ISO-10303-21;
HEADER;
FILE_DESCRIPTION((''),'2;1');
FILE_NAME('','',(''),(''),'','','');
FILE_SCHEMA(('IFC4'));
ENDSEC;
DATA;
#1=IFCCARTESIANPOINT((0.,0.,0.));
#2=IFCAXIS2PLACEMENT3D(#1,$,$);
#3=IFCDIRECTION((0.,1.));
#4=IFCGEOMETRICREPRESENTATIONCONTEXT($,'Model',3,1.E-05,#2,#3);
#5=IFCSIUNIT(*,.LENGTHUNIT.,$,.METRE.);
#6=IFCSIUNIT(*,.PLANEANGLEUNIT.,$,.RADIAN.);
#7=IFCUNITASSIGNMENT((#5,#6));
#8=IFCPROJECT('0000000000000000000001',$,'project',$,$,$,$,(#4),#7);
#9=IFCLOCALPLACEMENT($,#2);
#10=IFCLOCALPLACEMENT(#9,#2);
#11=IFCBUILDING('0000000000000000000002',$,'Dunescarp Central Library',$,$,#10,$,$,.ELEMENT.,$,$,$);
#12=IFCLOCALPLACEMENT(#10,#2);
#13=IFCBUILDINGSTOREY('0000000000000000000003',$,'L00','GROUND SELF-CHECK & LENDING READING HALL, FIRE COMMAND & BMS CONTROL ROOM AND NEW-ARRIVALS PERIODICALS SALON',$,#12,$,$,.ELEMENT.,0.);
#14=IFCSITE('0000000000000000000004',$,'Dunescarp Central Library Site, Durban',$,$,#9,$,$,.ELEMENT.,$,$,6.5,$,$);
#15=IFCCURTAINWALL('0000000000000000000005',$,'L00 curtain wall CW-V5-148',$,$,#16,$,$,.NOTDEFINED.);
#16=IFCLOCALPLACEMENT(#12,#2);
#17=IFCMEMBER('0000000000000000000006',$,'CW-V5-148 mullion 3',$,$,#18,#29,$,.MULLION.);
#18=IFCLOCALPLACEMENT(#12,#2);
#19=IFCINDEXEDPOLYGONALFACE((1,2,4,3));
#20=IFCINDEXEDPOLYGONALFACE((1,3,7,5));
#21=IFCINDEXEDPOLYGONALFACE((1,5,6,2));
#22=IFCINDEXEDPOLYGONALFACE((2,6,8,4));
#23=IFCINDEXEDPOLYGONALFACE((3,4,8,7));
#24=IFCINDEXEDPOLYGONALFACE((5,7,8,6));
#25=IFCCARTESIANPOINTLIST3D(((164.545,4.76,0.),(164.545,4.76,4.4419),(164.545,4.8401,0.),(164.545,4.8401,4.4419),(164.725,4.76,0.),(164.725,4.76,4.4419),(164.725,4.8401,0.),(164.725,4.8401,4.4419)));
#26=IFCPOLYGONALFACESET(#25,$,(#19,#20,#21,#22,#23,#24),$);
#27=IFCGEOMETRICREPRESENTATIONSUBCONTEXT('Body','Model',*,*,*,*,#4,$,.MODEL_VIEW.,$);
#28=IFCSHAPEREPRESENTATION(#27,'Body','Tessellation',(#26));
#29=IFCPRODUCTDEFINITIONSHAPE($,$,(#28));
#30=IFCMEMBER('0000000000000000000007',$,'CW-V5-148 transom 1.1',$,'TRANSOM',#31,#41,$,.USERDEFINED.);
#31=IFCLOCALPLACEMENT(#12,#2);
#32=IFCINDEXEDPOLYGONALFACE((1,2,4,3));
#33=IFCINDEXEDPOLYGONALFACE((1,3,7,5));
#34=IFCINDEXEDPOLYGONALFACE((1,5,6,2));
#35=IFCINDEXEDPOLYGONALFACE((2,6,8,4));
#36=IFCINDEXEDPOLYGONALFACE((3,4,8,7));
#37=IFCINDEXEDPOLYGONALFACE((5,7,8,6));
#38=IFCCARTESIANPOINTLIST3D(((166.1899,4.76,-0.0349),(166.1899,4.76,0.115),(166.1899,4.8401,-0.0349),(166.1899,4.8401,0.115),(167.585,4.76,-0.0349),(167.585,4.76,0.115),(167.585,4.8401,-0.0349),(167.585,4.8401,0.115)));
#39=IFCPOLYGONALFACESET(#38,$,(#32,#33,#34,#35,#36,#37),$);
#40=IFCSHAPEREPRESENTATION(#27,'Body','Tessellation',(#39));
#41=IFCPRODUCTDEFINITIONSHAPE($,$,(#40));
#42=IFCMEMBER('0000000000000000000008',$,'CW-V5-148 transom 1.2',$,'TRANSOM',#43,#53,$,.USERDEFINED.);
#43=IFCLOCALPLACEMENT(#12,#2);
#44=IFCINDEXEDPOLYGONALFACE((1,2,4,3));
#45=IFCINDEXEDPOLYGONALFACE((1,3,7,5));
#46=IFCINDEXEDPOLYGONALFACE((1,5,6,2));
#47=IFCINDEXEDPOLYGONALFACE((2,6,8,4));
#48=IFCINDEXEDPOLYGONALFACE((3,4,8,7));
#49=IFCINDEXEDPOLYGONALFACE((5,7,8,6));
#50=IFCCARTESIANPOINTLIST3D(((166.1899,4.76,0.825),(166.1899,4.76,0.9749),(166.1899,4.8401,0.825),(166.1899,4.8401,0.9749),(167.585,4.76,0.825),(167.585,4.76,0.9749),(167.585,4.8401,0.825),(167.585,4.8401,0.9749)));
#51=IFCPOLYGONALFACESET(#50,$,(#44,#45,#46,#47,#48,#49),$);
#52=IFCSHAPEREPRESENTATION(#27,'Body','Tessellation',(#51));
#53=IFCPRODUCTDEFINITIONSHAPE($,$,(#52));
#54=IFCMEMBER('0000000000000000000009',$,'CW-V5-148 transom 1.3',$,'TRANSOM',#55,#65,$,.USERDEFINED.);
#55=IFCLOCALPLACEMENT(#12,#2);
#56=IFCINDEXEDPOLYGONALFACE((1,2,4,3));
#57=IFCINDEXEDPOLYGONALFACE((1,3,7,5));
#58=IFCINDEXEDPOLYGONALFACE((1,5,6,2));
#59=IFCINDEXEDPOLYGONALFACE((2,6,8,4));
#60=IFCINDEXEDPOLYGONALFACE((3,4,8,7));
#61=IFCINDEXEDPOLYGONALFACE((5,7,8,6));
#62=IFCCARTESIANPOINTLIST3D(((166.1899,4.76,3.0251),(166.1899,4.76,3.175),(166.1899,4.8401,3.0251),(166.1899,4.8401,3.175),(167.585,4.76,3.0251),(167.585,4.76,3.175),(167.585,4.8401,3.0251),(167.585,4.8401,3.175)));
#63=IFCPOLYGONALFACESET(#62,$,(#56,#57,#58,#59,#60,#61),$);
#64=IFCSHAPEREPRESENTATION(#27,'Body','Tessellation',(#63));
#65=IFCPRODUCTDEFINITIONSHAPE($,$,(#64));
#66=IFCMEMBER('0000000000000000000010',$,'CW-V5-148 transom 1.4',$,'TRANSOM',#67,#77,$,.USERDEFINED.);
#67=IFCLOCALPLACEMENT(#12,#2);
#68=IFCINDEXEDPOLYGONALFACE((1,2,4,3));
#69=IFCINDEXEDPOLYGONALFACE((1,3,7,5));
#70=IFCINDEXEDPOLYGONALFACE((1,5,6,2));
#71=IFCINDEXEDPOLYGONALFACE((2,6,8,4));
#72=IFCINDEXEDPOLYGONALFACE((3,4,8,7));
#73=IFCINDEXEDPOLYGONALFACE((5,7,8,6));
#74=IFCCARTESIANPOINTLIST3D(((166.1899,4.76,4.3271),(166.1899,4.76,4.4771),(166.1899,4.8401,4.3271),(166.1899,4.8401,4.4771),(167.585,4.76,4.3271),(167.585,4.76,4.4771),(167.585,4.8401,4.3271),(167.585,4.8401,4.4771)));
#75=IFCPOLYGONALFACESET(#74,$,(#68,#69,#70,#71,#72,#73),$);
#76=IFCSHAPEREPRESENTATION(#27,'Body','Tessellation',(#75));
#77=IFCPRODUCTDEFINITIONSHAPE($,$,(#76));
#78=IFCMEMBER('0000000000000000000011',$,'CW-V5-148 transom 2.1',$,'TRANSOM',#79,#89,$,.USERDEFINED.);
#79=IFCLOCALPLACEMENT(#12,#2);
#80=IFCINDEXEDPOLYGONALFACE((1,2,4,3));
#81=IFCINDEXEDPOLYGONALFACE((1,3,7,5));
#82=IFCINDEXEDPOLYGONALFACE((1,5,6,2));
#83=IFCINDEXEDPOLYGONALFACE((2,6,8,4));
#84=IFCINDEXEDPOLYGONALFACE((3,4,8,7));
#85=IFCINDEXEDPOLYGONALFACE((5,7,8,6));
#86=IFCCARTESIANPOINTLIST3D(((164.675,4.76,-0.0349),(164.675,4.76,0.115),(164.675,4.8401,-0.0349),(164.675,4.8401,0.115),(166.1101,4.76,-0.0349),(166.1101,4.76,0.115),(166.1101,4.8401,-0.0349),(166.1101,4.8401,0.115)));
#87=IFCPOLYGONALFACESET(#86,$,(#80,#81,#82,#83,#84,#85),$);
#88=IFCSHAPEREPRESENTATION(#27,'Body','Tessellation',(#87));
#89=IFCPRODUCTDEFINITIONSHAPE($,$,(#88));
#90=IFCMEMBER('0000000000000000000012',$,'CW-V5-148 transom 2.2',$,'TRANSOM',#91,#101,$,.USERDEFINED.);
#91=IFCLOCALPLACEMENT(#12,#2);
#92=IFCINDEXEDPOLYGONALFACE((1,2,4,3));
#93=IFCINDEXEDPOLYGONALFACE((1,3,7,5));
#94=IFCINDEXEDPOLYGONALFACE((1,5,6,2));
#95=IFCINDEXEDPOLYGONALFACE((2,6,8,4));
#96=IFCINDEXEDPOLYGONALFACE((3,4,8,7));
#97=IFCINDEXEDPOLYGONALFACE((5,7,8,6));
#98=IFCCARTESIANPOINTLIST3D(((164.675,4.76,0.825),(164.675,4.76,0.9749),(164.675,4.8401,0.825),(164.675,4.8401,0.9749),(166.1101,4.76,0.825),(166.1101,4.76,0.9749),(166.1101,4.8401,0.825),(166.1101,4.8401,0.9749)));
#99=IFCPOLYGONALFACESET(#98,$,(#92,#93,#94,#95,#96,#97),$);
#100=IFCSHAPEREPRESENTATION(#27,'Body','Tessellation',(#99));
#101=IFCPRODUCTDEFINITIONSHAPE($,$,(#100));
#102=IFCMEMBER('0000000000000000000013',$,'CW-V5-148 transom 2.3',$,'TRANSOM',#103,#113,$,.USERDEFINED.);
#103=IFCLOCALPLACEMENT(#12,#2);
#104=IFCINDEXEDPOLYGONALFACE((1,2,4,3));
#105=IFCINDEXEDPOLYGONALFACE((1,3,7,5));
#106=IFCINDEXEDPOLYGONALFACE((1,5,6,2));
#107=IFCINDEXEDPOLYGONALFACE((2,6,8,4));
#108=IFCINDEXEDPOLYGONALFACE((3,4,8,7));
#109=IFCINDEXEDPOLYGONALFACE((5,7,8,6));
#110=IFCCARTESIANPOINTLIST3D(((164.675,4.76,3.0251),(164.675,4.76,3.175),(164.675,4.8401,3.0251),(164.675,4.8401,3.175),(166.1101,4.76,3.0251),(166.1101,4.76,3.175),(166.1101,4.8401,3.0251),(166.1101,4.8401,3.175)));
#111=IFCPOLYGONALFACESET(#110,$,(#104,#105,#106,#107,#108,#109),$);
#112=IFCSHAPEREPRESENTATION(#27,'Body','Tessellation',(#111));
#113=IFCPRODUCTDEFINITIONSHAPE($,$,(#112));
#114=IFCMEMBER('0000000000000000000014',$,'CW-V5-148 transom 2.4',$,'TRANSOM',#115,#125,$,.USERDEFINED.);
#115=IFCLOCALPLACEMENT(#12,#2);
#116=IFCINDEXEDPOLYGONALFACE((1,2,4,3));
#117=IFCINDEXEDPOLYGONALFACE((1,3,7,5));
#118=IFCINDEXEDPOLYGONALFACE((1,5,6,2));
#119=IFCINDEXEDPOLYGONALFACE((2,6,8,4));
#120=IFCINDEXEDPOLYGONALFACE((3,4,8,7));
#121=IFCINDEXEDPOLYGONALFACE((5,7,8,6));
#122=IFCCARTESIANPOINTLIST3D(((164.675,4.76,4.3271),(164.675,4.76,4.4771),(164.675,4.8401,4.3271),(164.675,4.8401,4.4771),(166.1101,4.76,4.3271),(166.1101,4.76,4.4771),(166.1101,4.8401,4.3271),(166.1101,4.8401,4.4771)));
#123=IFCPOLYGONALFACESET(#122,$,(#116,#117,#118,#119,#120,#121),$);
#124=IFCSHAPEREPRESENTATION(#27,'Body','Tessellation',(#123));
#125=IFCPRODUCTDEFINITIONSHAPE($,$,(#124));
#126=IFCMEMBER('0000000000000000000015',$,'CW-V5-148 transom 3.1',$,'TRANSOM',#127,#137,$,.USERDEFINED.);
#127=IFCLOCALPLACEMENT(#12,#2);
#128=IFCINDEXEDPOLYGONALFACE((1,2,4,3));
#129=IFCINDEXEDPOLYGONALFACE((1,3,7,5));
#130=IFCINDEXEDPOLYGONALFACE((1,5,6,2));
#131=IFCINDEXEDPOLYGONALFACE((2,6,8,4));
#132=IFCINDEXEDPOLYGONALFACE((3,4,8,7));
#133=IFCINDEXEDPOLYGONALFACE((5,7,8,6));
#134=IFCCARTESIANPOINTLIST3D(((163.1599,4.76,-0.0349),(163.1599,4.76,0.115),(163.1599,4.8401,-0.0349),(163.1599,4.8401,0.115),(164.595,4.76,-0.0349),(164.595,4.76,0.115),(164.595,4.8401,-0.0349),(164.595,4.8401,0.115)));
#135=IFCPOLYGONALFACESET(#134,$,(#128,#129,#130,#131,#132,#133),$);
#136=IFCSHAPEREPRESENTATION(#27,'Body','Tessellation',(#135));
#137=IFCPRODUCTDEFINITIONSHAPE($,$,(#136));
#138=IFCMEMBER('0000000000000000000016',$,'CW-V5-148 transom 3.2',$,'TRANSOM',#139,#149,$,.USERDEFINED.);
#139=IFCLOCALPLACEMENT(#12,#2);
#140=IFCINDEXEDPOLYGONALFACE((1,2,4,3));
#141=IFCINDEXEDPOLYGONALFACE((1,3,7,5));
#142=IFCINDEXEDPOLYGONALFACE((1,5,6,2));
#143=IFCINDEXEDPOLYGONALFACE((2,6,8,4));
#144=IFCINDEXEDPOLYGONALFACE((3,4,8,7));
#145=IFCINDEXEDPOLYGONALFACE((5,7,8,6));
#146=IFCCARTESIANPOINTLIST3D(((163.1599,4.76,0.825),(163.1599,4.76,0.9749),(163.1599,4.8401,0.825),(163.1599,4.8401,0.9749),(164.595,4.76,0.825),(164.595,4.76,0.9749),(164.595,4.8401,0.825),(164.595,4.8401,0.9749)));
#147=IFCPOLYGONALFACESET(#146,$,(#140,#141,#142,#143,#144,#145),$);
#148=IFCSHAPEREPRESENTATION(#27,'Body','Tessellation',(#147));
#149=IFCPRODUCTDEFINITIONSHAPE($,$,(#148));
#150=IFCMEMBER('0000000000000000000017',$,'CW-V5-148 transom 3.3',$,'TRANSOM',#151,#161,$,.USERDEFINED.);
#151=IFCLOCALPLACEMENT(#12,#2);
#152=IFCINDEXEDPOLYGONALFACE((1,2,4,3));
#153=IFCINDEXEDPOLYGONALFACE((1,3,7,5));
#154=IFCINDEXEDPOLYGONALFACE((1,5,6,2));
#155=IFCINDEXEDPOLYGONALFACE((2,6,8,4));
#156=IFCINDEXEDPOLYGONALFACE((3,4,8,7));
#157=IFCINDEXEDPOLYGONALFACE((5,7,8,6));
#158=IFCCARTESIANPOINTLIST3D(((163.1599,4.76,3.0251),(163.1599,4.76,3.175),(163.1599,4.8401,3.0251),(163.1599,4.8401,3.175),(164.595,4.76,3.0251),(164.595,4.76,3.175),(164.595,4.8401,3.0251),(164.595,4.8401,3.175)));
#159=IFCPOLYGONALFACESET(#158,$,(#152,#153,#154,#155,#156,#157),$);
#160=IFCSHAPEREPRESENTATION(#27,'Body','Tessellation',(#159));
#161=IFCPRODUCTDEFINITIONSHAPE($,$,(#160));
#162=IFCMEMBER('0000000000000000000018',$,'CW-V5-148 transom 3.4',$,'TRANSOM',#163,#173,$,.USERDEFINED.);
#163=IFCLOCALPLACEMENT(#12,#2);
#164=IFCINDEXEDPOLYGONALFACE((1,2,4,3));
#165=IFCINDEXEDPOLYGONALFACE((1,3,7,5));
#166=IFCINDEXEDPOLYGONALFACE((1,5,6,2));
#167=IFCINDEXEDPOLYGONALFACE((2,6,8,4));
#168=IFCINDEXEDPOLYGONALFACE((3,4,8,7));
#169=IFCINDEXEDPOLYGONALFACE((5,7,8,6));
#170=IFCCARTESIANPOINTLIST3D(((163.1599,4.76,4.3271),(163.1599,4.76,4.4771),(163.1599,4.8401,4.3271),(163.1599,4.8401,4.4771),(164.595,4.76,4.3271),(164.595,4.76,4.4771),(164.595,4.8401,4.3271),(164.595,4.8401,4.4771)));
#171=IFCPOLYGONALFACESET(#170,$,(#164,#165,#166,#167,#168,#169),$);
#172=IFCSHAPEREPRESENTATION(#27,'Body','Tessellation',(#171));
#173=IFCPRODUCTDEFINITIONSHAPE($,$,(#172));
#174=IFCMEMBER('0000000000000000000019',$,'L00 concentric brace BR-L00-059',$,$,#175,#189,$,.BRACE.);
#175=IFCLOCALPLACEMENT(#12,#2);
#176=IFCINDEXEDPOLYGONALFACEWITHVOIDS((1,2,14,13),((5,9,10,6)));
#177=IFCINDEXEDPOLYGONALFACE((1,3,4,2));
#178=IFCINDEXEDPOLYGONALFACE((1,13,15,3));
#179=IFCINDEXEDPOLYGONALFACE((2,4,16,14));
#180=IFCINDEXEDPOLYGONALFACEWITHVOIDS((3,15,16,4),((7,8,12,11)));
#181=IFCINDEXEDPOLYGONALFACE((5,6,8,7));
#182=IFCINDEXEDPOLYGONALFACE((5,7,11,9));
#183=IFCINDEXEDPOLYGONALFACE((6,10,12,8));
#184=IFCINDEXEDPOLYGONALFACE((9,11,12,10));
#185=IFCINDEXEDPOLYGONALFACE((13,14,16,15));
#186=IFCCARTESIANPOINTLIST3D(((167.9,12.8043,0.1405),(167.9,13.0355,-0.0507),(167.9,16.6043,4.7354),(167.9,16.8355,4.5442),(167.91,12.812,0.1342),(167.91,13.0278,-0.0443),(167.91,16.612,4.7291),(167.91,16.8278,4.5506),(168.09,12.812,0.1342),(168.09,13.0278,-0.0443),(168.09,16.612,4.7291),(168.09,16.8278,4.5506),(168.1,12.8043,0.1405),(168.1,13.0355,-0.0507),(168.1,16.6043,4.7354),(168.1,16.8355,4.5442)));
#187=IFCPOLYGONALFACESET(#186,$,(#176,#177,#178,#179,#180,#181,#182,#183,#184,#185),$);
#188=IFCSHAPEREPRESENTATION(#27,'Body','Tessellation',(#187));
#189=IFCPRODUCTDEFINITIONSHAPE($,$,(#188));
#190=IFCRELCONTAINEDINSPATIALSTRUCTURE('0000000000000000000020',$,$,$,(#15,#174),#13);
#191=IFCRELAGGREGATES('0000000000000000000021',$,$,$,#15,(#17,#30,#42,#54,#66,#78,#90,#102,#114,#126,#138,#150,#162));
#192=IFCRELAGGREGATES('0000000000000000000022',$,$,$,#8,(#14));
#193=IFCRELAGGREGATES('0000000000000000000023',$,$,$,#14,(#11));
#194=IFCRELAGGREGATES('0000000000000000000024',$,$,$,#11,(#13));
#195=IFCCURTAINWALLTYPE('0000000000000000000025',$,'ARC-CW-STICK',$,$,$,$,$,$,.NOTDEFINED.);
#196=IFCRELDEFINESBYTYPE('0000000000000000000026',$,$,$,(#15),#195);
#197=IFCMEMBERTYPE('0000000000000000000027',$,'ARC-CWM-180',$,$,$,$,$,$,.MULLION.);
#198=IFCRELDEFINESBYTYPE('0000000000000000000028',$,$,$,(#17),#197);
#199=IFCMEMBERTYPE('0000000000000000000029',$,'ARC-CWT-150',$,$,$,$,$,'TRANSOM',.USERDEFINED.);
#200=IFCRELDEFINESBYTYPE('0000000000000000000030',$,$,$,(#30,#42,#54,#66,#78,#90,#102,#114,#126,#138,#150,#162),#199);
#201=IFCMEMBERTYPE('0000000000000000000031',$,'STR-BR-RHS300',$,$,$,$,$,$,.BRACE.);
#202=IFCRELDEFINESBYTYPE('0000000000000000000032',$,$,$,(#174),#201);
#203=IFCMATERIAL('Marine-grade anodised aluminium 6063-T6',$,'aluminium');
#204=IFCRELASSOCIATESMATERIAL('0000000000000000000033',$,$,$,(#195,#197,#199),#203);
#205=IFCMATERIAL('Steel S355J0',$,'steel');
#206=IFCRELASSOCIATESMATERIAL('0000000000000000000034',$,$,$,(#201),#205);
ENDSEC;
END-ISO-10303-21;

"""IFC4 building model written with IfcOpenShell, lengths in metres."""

from ifc_helpers import new_model, si_unit, direction, frame, origin, origin_2d, place, context, subcontext, project, spatial, rectangle, hollow_rectangle, extrude, material, material_profile, profile_set, type_object, element, aggregate, save


model = new_model("IFC4")

# Units and contexts
model_context = context("Model", 3, precision=1e-05, world=origin(), true_north=direction((0.0, 1.0)))
body_context = subcontext(model_context, "Body", "Model", "MODEL_VIEW")
ifc_project = project(units=[si_unit("LENGTHUNIT", "METRE"), si_unit("PLANEANGLEUNIT", "RADIAN")], contexts=[model_context])

# Site, building, storey
site_placement = place(None, origin())
site = spatial("IfcSite", under=ifc_project, at=site_placement, Name="Dunescarp Central Library Site, Durban", CompositionType="ELEMENT", RefElevation=6.5)
building_placement = place(site_placement, origin())
building = spatial("IfcBuilding", under=site, at=building_placement, Name="Dunescarp Central Library", CompositionType="ELEMENT")
storey_placement = place(building_placement, origin())
storey = spatial("IfcBuildingStorey", under=building, at=storey_placement, Name="L00", Description="GROUND SELF-CHECK & LENDING READING HALL, FIRE COMMAND & BMS CONTROL ROOM AND NEW-ARRIVALS PERIODICALS SALON", CompositionType="ELEMENT", Elevation=0.0)

# Curtain wall, members
ifc_material_1 = material(Name="Marine-grade anodised aluminium 6063-T6", Category="aluminium")
curtain_wall_type = type_object("IfcCurtainWallType", Name="ARC-CW-STICK", PredefinedType="NOTDEFINED", material=ifc_material_1)
curtain_wall_placement = place(storey_placement, origin())
curtain_wall = element("IfcCurtainWall", 1, at=curtain_wall_placement, inside=storey, type_object=curtain_wall_type, Name="L00 curtain wall CW-V5-148", PredefinedType="NOTDEFINED")
ifc_material_profile_1 = material_profile(ifc_material_1, rectangle(XDim=0.0801, YDim=0.1799, at=origin_2d()), Name="AL 80x180")
ifc_profile_set_1 = profile_set([ifc_material_profile_1], Name="Marine-grade anodised aluminium 6063-T6")
member_type_1 = type_object("IfcMemberType", Name="ARC-CWM-180", PredefinedType="MULLION", material=ifc_profile_set_1)
member_1_placement = place(storey_placement, frame((164.635, 4.8, 0.0), z_axis=(0.0, 0.0, 1.0), x_axis=(0.0, -1.0, 0.0)))
member_1 = element("IfcMember", 2, at=member_1_placement, type_object=member_type_1, Name="CW-V5-148 mullion 3", PredefinedType="MULLION", context=body_context, shape_type="SweptSolid", body=[
    extrude(rectangle(XDim=0.0801, YDim=0.1799, at=origin_2d()), origin(), (0.0, 0.0, 1.0), 4.4419),
])
ifc_material_profile_2 = material_profile(ifc_material_1, rectangle(XDim=0.0801, YDim=0.1499, at=origin_2d()), Name="AL 80x150")
ifc_profile_set_2 = profile_set([ifc_material_profile_2], Name="Marine-grade anodised aluminium 6063-T6")
member_type_2 = type_object("IfcMemberType", Name="ARC-CWT-150", ElementType="TRANSOM", PredefinedType="USERDEFINED", material=ifc_profile_set_2)
member_2_placement = place(storey_placement, frame((167.585, 4.8, 0.04), z_axis=(-1.0, 0.0, 0.0), x_axis=(0.0, -1.0, 0.0)))
member_2 = element("IfcMember", 3, at=member_2_placement, type_object=member_type_2, Name="CW-V5-148 transom 1.1", ObjectType="TRANSOM", PredefinedType="USERDEFINED", context=body_context, shape_type="SweptSolid", body=[
    extrude(rectangle(XDim=0.0801, YDim=0.1499, at=origin_2d()), origin(), (0.0, 0.0, 1.0), 1.395),
])
member_3_placement = place(storey_placement, frame((167.585, 4.8, 0.8999), z_axis=(-1.0, 0.0, 0.0), x_axis=(0.0, -1.0, 0.0)))
member_3 = element("IfcMember", 4, at=member_3_placement, type_object=member_type_2, Name="CW-V5-148 transom 1.2", ObjectType="TRANSOM", PredefinedType="USERDEFINED", context=body_context, shape_type="SweptSolid", body=[
    extrude(rectangle(XDim=0.0801, YDim=0.1499, at=origin_2d()), origin(), (0.0, 0.0, 1.0), 1.395),
])
member_4_placement = place(storey_placement, frame((167.585, 4.8, 3.1001), z_axis=(-1.0, 0.0, 0.0), x_axis=(0.0, -1.0, 0.0)))
member_4 = element("IfcMember", 5, at=member_4_placement, type_object=member_type_2, Name="CW-V5-148 transom 1.3", ObjectType="TRANSOM", PredefinedType="USERDEFINED", context=body_context, shape_type="SweptSolid", body=[
    extrude(rectangle(XDim=0.0801, YDim=0.1499, at=origin_2d()), origin(), (0.0, 0.0, 1.0), 1.395),
])
member_5_placement = place(storey_placement, frame((167.585, 4.8, 4.4021), z_axis=(-1.0, 0.0, 0.0), x_axis=(0.0, -1.0, 0.0)))
member_5 = element("IfcMember", 6, at=member_5_placement, type_object=member_type_2, Name="CW-V5-148 transom 1.4", ObjectType="TRANSOM", PredefinedType="USERDEFINED", context=body_context, shape_type="SweptSolid", body=[
    extrude(rectangle(XDim=0.0801, YDim=0.1499, at=origin_2d()), origin(), (0.0, 0.0, 1.0), 1.395),
])
member_6_placement = place(storey_placement, frame((166.1101, 4.8, 0.04), z_axis=(-1.0, 0.0, 0.0), x_axis=(0.0, -1.0, 0.0)))
member_6 = element("IfcMember", 7, at=member_6_placement, type_object=member_type_2, Name="CW-V5-148 transom 2.1", ObjectType="TRANSOM", PredefinedType="USERDEFINED", context=body_context, shape_type="SweptSolid", body=[
    extrude(rectangle(XDim=0.0801, YDim=0.1499, at=origin_2d()), origin(), (0.0, 0.0, 1.0), 1.4351),
])
member_7_placement = place(storey_placement, frame((166.1101, 4.8, 0.8999), z_axis=(-1.0, 0.0, 0.0), x_axis=(0.0, -1.0, 0.0)))
member_7 = element("IfcMember", 8, at=member_7_placement, type_object=member_type_2, Name="CW-V5-148 transom 2.2", ObjectType="TRANSOM", PredefinedType="USERDEFINED", context=body_context, shape_type="SweptSolid", body=[
    extrude(rectangle(XDim=0.0801, YDim=0.1499, at=origin_2d()), origin(), (0.0, 0.0, 1.0), 1.4351),
])
member_8_placement = place(storey_placement, frame((166.1101, 4.8, 3.1001), z_axis=(-1.0, 0.0, 0.0), x_axis=(0.0, -1.0, 0.0)))
member_8 = element("IfcMember", 9, at=member_8_placement, type_object=member_type_2, Name="CW-V5-148 transom 2.3", ObjectType="TRANSOM", PredefinedType="USERDEFINED", context=body_context, shape_type="SweptSolid", body=[
    extrude(rectangle(XDim=0.0801, YDim=0.1499, at=origin_2d()), origin(), (0.0, 0.0, 1.0), 1.4351),
])
member_9_placement = place(storey_placement, frame((166.1101, 4.8, 4.4021), z_axis=(-1.0, 0.0, 0.0), x_axis=(0.0, -1.0, 0.0)))
member_9 = element("IfcMember", 10, at=member_9_placement, type_object=member_type_2, Name="CW-V5-148 transom 2.4", ObjectType="TRANSOM", PredefinedType="USERDEFINED", context=body_context, shape_type="SweptSolid", body=[
    extrude(rectangle(XDim=0.0801, YDim=0.1499, at=origin_2d()), origin(), (0.0, 0.0, 1.0), 1.4351),
])
member_10_placement = place(storey_placement, frame((164.595, 4.8, 0.04), z_axis=(-1.0, 0.0, 0.0), x_axis=(0.0, -1.0, 0.0)))
member_10 = element("IfcMember", 11, at=member_10_placement, type_object=member_type_2, Name="CW-V5-148 transom 3.1", ObjectType="TRANSOM", PredefinedType="USERDEFINED", context=body_context, shape_type="SweptSolid", body=[
    extrude(rectangle(XDim=0.0801, YDim=0.1499, at=origin_2d()), origin(), (0.0, 0.0, 1.0), 1.4351),
])
member_11_placement = place(storey_placement, frame((164.595, 4.8, 0.8999), z_axis=(-1.0, 0.0, 0.0), x_axis=(0.0, -1.0, 0.0)))
member_11 = element("IfcMember", 12, at=member_11_placement, type_object=member_type_2, Name="CW-V5-148 transom 3.2", ObjectType="TRANSOM", PredefinedType="USERDEFINED", context=body_context, shape_type="SweptSolid", body=[
    extrude(rectangle(XDim=0.0801, YDim=0.1499, at=origin_2d()), origin(), (0.0, 0.0, 1.0), 1.4351),
])
member_12_placement = place(storey_placement, frame((164.595, 4.8, 3.1001), z_axis=(-1.0, 0.0, 0.0), x_axis=(0.0, -1.0, 0.0)))
member_12 = element("IfcMember", 13, at=member_12_placement, type_object=member_type_2, Name="CW-V5-148 transom 3.3", ObjectType="TRANSOM", PredefinedType="USERDEFINED", context=body_context, shape_type="SweptSolid", body=[
    extrude(rectangle(XDim=0.0801, YDim=0.1499, at=origin_2d()), origin(), (0.0, 0.0, 1.0), 1.4351),
])
member_13_placement = place(storey_placement, frame((164.595, 4.8, 4.4021), z_axis=(-1.0, 0.0, 0.0), x_axis=(0.0, -1.0, 0.0)))
member_13 = element("IfcMember", 14, at=member_13_placement, type_object=member_type_2, Name="CW-V5-148 transom 3.4", ObjectType="TRANSOM", PredefinedType="USERDEFINED", context=body_context, shape_type="SweptSolid", body=[
    extrude(rectangle(XDim=0.0801, YDim=0.1499, at=origin_2d()), origin(), (0.0, 0.0, 1.0), 1.4351),
])

# Member
ifc_material_2 = material(Name="Steel S355J0", Category="steel")
ifc_material_profile_3 = material_profile(ifc_material_2, hollow_rectangle(XDim=0.2, YDim=0.3, WallThickness=0.01, at=origin_2d()), Name="RHS 300x200x10")
ifc_profile_set_3 = profile_set([ifc_material_profile_3], Name="Steel S355J0")
member_type_3 = type_object("IfcMemberType", Name="STR-BR-RHS300", PredefinedType="BRACE", material=ifc_profile_set_3)
member_14_placement = place(storey_placement, frame((168.0, 12.9199, 0.0449), z_axis=(0.0, 0.6373, 0.770615), x_axis=(-1.0, 0.0, 0.0)))
element("IfcMember", 15, at=member_14_placement, inside=storey, type_object=member_type_3, Name="L00 concentric brace BR-L00-059", PredefinedType="BRACE", context=body_context, shape_type="SweptSolid", body=[
    extrude(hollow_rectangle(XDim=0.2, YDim=0.3, WallThickness=0.01, at=origin_2d()), origin(), (0.0, 0.0, 1.0), 5.9626),
])

aggregate(curtain_wall, [member_1, member_2, member_3, member_4, member_5, member_6, member_7, member_8, member_9, member_10, member_11, member_12, member_13])

save(model, "model.ifc")
